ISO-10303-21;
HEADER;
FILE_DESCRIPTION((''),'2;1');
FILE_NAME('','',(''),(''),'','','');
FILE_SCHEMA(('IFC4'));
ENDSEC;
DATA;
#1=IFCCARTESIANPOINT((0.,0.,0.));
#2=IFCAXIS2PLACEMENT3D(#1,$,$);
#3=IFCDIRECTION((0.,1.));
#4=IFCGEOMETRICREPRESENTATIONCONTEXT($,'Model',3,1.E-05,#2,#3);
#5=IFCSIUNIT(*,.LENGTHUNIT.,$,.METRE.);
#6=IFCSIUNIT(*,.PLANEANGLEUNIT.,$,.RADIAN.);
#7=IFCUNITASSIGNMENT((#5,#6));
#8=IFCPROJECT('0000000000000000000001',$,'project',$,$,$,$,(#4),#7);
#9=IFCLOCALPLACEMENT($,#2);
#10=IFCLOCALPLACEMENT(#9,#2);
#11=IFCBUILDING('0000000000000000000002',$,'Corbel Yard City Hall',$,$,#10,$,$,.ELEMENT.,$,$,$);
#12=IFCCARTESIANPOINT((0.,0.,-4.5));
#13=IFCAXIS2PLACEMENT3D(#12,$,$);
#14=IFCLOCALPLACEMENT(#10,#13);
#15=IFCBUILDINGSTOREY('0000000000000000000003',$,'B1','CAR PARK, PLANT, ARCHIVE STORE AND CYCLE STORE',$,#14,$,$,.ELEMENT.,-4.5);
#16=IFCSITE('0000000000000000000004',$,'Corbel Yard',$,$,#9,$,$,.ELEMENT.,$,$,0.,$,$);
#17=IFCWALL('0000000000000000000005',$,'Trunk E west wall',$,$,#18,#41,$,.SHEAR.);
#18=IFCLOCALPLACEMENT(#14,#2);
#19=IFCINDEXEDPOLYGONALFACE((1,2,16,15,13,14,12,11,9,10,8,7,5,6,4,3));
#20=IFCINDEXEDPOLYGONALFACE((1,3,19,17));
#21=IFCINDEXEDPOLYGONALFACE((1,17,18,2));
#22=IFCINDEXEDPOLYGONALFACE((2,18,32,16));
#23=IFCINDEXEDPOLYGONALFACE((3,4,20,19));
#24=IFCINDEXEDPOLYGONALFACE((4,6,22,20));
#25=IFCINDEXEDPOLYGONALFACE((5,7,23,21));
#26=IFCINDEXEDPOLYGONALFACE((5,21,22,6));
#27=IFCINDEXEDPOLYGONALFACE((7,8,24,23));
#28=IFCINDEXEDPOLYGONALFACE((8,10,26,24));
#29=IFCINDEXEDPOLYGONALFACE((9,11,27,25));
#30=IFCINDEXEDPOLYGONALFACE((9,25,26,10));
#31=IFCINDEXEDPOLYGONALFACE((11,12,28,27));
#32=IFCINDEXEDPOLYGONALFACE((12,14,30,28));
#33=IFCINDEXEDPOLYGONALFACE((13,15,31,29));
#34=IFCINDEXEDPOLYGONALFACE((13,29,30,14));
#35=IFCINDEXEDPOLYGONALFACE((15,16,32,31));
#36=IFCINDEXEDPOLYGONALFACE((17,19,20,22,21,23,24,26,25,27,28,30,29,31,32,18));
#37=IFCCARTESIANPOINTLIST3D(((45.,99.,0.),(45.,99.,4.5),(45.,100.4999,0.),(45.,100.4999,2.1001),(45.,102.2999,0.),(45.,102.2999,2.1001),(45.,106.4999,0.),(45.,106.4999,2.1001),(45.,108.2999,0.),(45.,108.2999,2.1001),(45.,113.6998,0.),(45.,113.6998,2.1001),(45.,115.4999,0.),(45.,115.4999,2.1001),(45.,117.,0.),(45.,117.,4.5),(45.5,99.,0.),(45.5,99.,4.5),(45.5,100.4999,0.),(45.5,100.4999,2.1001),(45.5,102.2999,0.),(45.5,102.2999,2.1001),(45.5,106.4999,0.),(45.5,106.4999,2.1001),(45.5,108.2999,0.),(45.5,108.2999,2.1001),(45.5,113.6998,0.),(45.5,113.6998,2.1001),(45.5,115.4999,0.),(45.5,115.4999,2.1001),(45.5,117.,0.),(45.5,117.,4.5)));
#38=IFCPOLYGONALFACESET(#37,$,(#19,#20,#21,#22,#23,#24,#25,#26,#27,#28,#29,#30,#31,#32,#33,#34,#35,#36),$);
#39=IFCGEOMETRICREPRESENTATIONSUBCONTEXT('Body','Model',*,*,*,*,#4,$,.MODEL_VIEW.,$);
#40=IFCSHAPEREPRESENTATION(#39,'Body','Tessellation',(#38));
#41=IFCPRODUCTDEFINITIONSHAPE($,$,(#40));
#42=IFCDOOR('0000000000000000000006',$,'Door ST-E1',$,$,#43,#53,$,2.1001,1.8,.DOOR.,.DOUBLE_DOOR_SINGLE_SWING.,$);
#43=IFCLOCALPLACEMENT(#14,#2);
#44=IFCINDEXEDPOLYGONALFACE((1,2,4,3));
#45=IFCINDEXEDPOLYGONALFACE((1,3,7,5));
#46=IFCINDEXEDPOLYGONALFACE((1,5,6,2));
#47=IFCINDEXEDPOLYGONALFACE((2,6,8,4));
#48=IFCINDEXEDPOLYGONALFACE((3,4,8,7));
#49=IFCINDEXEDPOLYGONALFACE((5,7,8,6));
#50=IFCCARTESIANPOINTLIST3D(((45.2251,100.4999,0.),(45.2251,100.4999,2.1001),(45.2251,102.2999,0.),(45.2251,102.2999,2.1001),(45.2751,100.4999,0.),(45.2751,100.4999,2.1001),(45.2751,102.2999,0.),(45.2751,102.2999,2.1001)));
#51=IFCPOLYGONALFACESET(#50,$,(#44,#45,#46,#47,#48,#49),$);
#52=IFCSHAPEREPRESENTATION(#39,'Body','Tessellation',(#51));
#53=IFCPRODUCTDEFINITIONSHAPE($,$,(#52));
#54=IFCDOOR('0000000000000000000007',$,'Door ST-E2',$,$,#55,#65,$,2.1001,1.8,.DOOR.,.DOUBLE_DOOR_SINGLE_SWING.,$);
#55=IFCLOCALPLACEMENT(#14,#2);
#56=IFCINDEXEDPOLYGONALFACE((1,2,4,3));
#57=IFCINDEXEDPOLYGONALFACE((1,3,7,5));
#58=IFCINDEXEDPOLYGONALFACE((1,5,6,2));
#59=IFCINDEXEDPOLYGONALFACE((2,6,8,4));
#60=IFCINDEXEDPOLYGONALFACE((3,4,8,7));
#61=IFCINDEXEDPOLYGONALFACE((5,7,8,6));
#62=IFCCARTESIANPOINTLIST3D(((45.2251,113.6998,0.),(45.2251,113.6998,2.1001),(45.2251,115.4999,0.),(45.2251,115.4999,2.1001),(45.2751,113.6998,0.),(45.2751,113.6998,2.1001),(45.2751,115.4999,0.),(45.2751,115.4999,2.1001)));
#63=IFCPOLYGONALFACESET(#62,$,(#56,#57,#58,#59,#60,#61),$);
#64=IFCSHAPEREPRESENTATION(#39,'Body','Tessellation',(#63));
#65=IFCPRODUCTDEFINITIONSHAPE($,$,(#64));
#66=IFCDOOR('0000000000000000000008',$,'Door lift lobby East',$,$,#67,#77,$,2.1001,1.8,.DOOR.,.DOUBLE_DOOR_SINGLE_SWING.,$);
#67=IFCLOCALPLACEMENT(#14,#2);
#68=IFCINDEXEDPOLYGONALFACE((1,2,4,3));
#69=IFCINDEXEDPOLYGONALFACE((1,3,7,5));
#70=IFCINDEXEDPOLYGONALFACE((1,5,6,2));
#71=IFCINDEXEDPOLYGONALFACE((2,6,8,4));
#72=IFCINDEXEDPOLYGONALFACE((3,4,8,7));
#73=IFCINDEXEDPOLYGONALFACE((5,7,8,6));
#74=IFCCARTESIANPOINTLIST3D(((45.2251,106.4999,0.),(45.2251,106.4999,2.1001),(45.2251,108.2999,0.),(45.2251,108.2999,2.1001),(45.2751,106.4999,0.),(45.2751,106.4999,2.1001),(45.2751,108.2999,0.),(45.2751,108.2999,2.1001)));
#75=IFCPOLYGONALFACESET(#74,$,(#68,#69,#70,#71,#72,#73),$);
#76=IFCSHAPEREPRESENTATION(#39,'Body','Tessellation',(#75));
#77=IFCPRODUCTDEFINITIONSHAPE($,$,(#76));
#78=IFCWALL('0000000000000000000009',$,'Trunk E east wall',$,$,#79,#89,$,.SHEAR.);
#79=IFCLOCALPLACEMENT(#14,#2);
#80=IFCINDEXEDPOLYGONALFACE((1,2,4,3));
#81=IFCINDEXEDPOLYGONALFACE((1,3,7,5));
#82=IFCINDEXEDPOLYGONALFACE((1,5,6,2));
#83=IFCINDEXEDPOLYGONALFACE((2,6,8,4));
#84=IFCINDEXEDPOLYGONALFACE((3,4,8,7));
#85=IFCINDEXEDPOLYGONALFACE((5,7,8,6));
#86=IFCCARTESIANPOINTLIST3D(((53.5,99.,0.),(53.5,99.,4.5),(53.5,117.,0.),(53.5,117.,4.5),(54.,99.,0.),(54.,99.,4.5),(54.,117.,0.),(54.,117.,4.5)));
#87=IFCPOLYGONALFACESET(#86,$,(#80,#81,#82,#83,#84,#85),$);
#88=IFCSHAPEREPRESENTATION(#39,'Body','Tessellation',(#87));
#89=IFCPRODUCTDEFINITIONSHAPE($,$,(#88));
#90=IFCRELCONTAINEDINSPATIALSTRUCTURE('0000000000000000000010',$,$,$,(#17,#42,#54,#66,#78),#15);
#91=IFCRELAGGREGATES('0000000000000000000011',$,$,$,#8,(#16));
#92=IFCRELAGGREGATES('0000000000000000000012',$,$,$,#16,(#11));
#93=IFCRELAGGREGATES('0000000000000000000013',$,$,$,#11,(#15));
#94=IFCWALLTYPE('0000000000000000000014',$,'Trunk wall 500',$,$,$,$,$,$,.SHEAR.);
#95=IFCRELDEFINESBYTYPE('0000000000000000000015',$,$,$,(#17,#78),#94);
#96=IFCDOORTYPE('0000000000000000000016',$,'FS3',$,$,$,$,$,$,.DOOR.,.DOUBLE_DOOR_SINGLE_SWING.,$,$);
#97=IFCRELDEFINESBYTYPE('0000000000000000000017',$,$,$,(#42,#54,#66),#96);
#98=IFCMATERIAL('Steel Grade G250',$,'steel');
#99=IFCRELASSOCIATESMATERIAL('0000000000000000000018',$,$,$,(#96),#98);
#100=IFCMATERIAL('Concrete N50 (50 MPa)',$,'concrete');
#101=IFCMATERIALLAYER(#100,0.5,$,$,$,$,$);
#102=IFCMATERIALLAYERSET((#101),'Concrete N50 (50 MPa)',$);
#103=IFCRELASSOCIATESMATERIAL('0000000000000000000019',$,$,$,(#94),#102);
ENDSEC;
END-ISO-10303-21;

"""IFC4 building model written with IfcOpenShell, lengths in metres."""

from ifc_helpers import new_model, si_unit, direction, frame, frame_2d, origin, place, context, subcontext, project, spatial, rectangle, extrude, material, layer, layer_set, type_object, element, fill, save


model = new_model("IFC4")

# Units and contexts
model_context = context("Model", 3, precision=1e-05, world=origin(), true_north=direction((0.0, 1.0)))
body_context = subcontext(model_context, "Body", "Model", "MODEL_VIEW")
ifc_project = project(units=[si_unit("LENGTHUNIT", "METRE"), si_unit("PLANEANGLEUNIT", "RADIAN")], contexts=[model_context])

# Site, building, storey
site_placement = place(None, origin())
site = spatial("IfcSite", under=ifc_project, at=site_placement, Name="Corbel Yard", CompositionType="ELEMENT", RefElevation=0.0)
building_placement = place(site_placement, origin())
building = spatial("IfcBuilding", under=site, at=building_placement, Name="Corbel Yard City Hall", CompositionType="ELEMENT")
storey_placement = place(building_placement, frame((0.0, 0.0, -4.5)))
storey = spatial("IfcBuildingStorey", under=building, at=storey_placement, Name="B1", Description="CAR PARK, PLANT, ARCHIVE STORE AND CYCLE STORE", CompositionType="ELEMENT", Elevation=-4.5)

# Shared definitions
ifc_material_1 = material(Name="Steel Grade G250", Category="steel")
door_type_1 = type_object("IfcDoorType", Name="FS3", OperationType="DOUBLE_DOOR_SINGLE_SWING", PredefinedType="DOOR", material=ifc_material_1)

# Wall, openings, doors
ifc_material_2 = material(Name="Concrete N50 (50 MPa)", Category="concrete")
ifc_layer_1 = layer(ifc_material_2, 0.5)
ifc_layer_set_1 = layer_set([ifc_layer_1], Name="Concrete N50 (50 MPa)")
wall_type_1 = type_object("IfcWallType", Name="Trunk wall 500", PredefinedType="SHEAR", material=ifc_layer_set_1)
wall_1_placement = place(storey_placement, frame((45.25, 99.0, 0.0), z_axis=(0.0, 0.0, 1.0), x_axis=(0.0, 1.0, 0.0)))
wall_1 = element("IfcWall", 1, at=wall_1_placement, inside=storey, type_object=wall_type_1, Name="Trunk E west wall", PredefinedType="SHEAR", context=body_context, shape_type="SweptSolid", body=[
    extrude(rectangle(XDim=18.0, YDim=0.5, at=frame_2d((9.0, 0.0))), origin(), (0.0, 0.0, 1.0), 4.5),
])
opening_1_placement = place(wall_1_placement, frame((1.5, 0.0, 0.0)))
opening_1 = element("IfcOpeningElement", 2, at=opening_1_placement, cuts=wall_1, PredefinedType="OPENING", context=body_context, shape_type="SweptSolid", body=[
    extrude(rectangle(XDim=1.8, YDim=2.1001, at=frame_2d((0.8999, 1.05))), frame((0.0, 0.26, 0.0), z_axis=(0.0, -1.0, 0.0), x_axis=(1.0, 0.0, 0.0)), (0.0, 0.0, 1.0), 0.52),
])
opening_2_placement = place(wall_1_placement, frame((14.7, 0.0, 0.0)))
opening_2 = element("IfcOpeningElement", 3, at=opening_2_placement, cuts=wall_1, PredefinedType="OPENING", context=body_context, shape_type="SweptSolid", body=[
    extrude(rectangle(XDim=1.8, YDim=2.1001, at=frame_2d((0.8999, 1.05))), frame((0.0, 0.26, 0.0), z_axis=(0.0, -1.0, 0.0), x_axis=(1.0, 0.0, 0.0)), (0.0, 0.0, 1.0), 0.52),
])
opening_3_placement = place(wall_1_placement, frame((7.5, 0.0, 0.0)))
opening_3 = element("IfcOpeningElement", 4, at=opening_3_placement, cuts=wall_1, PredefinedType="OPENING", context=body_context, shape_type="SweptSolid", body=[
    extrude(rectangle(XDim=1.8, YDim=2.1001, at=frame_2d((0.8999, 1.05))), frame((0.0, 0.26, 0.0), z_axis=(0.0, -1.0, 0.0), x_axis=(1.0, 0.0, 0.0)), (0.0, 0.0, 1.0), 0.52),
])
door_1_placement = place(opening_1_placement, origin())
door_1 = element("IfcDoor", 5, at=door_1_placement, inside=storey, type_object=door_type_1, Name="Door ST-E1", OperationType="DOUBLE_DOOR_SINGLE_SWING", OverallHeight=2.1001, OverallWidth=1.8, PredefinedType="DOOR", context=body_context, shape_type="SweptSolid", body=[
    extrude(rectangle(XDim=1.8, YDim=2.1001, at=frame_2d((0.8999, 1.05))), frame((0.0, 0.0249, 0.0), z_axis=(0.0, -1.0, 0.0), x_axis=(1.0, 0.0, 0.0)), (0.0, 0.0, 1.0), 0.05),
])
fill(opening_1, door_1)
door_2_placement = place(opening_2_placement, origin())
door_2 = element("IfcDoor", 6, at=door_2_placement, inside=storey, type_object=door_type_1, Name="Door ST-E2", OperationType="DOUBLE_DOOR_SINGLE_SWING", OverallHeight=2.1001, OverallWidth=1.8, PredefinedType="DOOR", context=body_context, shape_type="SweptSolid", body=[
    extrude(rectangle(XDim=1.8, YDim=2.1001, at=frame_2d((0.8999, 1.05))), frame((0.0, 0.0249, 0.0), z_axis=(0.0, -1.0, 0.0), x_axis=(1.0, 0.0, 0.0)), (0.0, 0.0, 1.0), 0.05),
])
fill(opening_2, door_2)
door_3_placement = place(opening_3_placement, origin())
door_3 = element("IfcDoor", 7, at=door_3_placement, inside=storey, type_object=door_type_1, Name="Door lift lobby East", OperationType="DOUBLE_DOOR_SINGLE_SWING", OverallHeight=2.1001, OverallWidth=1.8, PredefinedType="DOOR", context=body_context, shape_type="SweptSolid", body=[
    extrude(rectangle(XDim=1.8, YDim=2.1001, at=frame_2d((0.8999, 1.05))), frame((0.0, 0.0249, 0.0), z_axis=(0.0, -1.0, 0.0), x_axis=(1.0, 0.0, 0.0)), (0.0, 0.0, 1.0), 0.05),
])
fill(opening_3, door_3)

# Wall
wall_2_placement = place(storey_placement, frame((53.75, 99.0, 0.0), z_axis=(0.0, 0.0, 1.0), x_axis=(0.0, 1.0, 0.0)))
element("IfcWall", 8, at=wall_2_placement, inside=storey, type_object=wall_type_1, Name="Trunk E east wall", PredefinedType="SHEAR", context=body_context, shape_type="SweptSolid", body=[
    extrude(rectangle(XDim=18.0, YDim=0.5, at=frame_2d((9.0, 0.0))), origin(), (0.0, 0.0, 1.0), 4.5),
])

save(model, "model.ifc")
